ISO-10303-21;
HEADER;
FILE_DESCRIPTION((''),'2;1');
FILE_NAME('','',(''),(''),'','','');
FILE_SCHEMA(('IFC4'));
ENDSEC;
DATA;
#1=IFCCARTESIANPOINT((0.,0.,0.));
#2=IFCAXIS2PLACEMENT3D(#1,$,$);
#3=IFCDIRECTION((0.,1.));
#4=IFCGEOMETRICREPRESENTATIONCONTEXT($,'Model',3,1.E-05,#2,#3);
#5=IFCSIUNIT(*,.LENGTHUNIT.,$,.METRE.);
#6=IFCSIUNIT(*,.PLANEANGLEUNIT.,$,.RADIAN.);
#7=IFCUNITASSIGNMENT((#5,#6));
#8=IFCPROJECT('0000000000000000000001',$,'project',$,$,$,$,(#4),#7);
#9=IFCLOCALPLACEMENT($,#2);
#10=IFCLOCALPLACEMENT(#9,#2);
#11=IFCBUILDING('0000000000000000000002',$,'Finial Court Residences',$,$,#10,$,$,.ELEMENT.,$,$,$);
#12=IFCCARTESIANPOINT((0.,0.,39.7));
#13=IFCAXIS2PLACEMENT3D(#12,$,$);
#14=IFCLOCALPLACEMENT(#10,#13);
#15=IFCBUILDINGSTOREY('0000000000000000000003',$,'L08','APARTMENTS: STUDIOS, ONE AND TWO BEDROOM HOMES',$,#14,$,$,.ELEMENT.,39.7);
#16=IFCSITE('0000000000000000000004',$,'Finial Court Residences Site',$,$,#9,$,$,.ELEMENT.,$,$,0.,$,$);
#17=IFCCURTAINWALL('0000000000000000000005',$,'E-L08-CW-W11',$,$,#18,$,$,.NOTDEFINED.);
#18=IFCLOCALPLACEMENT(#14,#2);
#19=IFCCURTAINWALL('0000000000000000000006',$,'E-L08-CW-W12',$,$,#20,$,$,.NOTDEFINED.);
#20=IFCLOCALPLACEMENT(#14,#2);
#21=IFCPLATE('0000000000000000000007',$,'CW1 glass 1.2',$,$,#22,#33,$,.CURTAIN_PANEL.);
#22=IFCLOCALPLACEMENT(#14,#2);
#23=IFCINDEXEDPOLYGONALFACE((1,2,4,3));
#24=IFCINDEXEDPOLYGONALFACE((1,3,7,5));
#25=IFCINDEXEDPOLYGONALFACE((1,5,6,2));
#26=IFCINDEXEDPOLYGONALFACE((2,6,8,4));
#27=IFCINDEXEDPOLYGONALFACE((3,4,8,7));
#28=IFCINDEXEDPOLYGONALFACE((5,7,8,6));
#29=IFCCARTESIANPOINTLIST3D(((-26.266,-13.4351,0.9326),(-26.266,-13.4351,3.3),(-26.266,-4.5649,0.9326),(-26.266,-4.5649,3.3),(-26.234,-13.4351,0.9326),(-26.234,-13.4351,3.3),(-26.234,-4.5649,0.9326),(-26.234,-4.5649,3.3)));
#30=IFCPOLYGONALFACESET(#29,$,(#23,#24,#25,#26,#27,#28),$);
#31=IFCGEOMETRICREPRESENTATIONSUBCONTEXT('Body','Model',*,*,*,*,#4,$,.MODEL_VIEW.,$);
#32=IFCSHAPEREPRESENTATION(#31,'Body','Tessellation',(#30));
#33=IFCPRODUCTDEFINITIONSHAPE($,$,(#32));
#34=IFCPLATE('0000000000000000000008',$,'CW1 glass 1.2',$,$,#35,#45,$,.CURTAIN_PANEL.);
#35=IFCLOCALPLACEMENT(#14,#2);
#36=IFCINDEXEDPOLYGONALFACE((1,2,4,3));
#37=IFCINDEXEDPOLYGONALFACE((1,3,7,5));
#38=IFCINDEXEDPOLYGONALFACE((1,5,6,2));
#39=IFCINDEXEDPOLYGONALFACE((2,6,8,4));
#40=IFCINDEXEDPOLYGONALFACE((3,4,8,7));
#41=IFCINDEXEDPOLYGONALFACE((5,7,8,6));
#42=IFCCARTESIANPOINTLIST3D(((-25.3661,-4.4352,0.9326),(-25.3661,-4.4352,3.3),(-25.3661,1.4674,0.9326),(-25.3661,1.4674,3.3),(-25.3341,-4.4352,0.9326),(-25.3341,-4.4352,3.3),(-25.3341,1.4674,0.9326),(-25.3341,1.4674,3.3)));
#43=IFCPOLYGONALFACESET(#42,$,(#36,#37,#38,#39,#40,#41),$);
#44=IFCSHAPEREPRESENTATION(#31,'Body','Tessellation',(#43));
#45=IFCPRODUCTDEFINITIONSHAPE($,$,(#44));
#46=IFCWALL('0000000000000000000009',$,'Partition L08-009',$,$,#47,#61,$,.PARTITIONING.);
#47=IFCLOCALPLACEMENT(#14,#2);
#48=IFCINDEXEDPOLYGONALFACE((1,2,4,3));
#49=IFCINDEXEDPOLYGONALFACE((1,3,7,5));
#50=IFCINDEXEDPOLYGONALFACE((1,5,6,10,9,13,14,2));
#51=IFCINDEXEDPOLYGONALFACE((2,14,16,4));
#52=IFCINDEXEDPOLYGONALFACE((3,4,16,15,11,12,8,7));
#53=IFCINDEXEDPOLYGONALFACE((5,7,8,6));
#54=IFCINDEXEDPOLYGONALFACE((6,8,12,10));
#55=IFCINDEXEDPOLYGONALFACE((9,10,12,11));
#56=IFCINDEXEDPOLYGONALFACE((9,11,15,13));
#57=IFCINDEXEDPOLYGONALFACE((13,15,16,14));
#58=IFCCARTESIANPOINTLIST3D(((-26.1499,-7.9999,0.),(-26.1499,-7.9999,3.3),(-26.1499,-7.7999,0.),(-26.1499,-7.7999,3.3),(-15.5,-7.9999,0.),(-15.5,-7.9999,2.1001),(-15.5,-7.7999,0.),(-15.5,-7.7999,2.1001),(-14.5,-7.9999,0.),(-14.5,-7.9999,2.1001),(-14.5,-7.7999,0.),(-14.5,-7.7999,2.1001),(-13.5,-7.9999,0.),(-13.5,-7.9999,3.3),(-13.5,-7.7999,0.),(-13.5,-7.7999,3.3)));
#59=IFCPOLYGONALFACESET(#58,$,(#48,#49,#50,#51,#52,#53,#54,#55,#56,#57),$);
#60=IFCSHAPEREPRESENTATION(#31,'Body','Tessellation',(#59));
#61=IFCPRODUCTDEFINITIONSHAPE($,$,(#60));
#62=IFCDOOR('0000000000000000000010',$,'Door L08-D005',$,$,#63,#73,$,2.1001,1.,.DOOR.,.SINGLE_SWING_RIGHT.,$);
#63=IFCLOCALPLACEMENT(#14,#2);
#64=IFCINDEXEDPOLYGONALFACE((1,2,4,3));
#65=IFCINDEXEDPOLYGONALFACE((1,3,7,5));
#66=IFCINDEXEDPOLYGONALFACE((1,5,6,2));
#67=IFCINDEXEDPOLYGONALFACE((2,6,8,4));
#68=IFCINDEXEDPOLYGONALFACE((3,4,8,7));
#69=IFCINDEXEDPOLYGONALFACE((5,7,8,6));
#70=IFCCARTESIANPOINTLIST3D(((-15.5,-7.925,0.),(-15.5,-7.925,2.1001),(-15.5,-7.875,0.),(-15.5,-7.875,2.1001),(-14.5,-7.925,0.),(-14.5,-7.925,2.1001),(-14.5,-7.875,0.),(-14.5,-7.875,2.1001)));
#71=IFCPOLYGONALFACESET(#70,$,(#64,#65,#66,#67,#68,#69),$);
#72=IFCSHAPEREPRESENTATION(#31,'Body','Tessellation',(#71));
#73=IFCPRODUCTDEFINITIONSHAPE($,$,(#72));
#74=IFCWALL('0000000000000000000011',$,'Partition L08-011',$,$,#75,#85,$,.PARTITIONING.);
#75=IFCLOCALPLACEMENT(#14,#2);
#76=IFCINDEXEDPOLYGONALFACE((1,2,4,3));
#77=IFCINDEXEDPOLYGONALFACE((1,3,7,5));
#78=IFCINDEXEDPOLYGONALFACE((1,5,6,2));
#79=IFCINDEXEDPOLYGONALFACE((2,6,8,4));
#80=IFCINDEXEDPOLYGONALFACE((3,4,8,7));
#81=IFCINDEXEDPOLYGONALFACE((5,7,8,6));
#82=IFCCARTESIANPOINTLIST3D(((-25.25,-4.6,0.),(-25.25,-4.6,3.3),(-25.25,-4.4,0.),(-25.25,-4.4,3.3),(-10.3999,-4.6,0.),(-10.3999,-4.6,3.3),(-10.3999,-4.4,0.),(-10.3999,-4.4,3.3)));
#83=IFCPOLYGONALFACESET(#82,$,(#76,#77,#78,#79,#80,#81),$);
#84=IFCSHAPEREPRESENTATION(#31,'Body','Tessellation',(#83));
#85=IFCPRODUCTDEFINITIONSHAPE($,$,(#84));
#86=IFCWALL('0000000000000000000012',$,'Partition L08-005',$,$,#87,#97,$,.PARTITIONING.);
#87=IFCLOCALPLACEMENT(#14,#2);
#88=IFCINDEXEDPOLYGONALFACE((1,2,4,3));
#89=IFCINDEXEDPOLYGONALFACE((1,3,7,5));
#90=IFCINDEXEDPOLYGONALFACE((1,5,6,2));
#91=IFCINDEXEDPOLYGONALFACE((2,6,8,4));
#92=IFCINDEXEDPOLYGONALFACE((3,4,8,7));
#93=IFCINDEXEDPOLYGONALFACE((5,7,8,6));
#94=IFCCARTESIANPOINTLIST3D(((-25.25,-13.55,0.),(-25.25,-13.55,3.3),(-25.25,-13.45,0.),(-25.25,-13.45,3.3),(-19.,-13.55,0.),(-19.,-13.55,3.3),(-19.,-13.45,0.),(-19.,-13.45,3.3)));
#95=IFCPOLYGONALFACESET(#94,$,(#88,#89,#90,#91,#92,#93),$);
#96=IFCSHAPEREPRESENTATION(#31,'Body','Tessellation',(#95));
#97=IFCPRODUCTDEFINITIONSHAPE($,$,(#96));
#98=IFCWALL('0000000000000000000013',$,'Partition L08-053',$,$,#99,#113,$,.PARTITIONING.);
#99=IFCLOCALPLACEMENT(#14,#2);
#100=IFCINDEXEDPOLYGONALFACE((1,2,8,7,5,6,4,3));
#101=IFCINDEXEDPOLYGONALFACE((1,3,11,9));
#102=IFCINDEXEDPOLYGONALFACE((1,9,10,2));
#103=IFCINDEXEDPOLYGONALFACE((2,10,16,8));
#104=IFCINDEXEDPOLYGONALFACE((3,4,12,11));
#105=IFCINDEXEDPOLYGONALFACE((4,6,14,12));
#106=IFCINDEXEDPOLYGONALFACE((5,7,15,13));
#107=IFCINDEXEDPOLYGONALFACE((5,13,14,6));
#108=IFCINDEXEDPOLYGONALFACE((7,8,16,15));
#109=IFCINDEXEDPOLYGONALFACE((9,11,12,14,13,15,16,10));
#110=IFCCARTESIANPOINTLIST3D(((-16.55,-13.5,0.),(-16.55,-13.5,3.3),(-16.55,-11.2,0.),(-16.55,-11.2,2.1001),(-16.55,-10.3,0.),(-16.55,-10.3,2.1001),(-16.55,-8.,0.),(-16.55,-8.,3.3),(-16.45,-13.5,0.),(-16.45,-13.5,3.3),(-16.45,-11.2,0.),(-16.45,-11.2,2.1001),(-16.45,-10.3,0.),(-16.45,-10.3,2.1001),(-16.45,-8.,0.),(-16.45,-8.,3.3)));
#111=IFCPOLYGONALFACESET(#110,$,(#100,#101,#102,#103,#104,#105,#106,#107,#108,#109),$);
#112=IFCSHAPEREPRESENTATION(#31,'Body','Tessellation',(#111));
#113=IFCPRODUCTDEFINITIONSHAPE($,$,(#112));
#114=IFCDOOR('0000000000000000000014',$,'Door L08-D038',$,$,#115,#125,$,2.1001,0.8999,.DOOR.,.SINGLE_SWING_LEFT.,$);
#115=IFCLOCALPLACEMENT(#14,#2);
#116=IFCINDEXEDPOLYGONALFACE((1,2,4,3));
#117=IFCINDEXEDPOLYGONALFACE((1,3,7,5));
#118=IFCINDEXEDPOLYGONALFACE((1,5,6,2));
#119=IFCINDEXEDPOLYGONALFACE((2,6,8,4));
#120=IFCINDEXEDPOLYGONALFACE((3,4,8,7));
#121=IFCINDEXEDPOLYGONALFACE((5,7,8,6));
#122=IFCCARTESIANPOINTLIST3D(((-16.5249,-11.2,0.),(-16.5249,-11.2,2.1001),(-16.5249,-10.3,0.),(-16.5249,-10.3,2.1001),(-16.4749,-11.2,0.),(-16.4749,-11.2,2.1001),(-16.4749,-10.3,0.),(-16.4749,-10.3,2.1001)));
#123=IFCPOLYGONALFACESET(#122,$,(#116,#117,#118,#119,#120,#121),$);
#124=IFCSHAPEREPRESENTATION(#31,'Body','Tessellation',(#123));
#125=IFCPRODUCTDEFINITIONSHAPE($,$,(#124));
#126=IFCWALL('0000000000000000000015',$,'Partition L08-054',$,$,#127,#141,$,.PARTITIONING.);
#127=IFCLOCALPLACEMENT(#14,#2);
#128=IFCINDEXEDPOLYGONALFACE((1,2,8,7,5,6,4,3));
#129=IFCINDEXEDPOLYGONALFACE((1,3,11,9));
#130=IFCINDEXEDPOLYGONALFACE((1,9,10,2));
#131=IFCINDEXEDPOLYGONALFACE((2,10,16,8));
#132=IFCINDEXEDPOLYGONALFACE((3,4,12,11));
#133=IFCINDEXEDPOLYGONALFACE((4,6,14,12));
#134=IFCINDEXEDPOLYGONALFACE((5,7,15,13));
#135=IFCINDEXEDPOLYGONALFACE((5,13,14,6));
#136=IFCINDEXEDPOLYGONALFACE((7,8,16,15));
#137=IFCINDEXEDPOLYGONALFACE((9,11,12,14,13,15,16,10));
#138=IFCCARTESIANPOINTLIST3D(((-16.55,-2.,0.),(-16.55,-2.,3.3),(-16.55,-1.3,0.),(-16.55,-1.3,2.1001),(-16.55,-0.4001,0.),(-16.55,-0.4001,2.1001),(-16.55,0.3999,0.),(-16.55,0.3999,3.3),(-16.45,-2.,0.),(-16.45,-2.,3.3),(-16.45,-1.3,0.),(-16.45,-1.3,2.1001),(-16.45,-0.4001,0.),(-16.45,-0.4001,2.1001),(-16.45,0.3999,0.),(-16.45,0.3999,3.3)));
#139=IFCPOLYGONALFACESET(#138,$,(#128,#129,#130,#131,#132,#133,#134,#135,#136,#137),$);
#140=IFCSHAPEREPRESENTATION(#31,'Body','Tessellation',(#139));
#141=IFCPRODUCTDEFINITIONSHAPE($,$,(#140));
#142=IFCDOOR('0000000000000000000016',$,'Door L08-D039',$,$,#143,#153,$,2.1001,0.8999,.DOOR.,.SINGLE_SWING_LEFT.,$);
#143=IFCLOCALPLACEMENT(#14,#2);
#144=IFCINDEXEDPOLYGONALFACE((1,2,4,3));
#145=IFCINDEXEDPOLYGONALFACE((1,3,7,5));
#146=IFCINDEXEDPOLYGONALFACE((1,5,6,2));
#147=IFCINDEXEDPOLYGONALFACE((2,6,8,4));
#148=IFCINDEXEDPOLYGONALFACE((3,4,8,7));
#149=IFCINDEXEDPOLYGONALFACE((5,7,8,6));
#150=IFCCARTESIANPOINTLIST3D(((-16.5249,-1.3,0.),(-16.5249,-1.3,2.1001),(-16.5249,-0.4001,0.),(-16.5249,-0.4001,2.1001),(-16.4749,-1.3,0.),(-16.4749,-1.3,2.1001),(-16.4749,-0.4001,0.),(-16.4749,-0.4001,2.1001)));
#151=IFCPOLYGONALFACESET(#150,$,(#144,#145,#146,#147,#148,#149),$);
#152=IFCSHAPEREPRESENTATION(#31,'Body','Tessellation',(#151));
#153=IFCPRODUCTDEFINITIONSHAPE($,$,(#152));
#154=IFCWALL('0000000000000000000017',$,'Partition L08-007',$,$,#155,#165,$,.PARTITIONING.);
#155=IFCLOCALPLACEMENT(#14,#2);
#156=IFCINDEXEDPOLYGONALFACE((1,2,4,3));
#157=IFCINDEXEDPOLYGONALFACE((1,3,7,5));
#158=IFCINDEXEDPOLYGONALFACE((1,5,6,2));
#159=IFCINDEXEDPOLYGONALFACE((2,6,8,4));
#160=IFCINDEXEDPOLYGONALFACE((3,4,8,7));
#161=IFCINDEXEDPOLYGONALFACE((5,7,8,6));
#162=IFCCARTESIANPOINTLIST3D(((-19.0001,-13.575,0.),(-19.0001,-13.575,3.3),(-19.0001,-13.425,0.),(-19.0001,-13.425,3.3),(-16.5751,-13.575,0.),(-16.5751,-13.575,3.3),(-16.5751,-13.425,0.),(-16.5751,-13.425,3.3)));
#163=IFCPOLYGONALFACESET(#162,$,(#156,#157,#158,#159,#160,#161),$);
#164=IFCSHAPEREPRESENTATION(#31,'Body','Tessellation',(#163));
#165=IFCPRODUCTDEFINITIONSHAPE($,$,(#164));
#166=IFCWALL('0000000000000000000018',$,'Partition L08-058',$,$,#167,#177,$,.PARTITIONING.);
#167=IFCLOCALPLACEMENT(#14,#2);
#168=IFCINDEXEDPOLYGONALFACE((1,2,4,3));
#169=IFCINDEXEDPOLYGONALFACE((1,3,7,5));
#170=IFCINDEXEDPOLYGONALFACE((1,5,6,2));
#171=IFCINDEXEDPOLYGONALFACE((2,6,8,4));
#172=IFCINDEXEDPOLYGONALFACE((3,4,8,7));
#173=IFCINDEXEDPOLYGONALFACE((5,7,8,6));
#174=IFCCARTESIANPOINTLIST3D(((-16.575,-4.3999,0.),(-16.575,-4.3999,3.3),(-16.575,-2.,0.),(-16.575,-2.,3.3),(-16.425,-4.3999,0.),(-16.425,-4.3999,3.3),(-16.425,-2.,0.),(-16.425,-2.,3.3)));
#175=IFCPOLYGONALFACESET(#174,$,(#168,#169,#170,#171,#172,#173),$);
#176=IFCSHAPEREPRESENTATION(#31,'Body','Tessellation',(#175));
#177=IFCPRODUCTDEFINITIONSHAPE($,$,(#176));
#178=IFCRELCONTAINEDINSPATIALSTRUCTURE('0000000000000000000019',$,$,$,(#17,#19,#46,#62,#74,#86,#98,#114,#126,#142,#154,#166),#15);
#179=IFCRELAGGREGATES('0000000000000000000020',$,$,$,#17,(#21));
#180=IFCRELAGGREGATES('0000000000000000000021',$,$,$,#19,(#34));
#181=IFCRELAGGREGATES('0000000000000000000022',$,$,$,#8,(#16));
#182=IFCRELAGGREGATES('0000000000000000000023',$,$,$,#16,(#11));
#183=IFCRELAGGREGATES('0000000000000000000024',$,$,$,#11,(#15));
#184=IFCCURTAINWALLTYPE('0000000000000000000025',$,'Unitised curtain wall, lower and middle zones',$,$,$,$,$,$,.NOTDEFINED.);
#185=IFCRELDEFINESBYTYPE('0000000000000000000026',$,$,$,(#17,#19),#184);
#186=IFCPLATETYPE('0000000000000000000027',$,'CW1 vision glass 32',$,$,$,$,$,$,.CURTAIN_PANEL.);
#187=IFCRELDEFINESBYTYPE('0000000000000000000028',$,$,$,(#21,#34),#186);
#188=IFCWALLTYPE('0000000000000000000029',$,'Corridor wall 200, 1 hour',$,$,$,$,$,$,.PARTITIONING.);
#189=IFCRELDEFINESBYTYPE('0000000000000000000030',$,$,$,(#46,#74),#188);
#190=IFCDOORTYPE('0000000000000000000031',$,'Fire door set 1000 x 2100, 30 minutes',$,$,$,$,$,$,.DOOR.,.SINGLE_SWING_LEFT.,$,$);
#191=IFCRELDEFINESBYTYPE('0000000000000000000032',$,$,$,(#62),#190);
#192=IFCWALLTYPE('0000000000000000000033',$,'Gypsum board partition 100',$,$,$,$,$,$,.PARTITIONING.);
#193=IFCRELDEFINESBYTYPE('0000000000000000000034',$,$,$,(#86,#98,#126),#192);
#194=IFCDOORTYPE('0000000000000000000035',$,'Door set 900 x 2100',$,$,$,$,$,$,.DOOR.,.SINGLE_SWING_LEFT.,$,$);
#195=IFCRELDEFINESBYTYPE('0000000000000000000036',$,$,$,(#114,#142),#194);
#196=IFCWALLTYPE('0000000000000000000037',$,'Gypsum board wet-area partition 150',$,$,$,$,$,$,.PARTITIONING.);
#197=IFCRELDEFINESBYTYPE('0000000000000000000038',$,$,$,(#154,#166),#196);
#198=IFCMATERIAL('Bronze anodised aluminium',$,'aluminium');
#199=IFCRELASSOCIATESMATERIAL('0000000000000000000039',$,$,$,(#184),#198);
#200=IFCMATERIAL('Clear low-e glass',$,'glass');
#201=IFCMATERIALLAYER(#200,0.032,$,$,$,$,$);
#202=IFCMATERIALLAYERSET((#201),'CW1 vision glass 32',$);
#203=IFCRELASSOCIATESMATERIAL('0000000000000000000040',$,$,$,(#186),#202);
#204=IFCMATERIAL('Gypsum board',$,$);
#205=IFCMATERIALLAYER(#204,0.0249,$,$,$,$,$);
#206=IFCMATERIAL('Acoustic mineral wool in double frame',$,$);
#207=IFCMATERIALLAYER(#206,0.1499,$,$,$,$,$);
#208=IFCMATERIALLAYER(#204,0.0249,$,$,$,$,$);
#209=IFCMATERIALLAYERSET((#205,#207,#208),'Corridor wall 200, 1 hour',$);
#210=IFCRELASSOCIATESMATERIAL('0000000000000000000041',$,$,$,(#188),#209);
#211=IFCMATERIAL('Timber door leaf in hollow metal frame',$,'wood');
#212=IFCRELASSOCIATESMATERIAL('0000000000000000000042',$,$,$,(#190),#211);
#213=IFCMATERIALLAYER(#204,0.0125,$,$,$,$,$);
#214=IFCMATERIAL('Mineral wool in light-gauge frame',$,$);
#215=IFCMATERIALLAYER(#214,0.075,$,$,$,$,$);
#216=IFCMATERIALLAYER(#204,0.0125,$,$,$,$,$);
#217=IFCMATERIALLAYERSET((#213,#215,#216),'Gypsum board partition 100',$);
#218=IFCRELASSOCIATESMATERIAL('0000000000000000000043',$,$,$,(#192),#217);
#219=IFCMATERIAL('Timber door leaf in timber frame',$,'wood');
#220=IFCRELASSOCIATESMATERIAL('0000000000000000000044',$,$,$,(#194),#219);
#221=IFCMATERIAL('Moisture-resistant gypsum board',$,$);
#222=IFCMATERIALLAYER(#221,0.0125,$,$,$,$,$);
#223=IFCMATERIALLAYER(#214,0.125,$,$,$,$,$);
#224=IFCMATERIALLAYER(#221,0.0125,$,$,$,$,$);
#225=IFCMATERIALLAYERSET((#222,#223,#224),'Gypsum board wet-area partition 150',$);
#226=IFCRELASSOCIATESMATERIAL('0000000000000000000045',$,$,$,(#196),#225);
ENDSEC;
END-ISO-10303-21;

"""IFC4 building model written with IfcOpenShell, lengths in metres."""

from ifc_helpers import new_model, si_unit, direction, frame, frame_2d, origin, origin_2d, place, context, subcontext, project, spatial, rectangle, extrude, material, layer, layer_set, type_object, element, fill, aggregate, save


model = new_model("IFC4")

# Units and contexts
model_context = context("Model", 3, precision=1e-05, world=origin(), true_north=direction((0.0, 1.0)))
body_context = subcontext(model_context, "Body", "Model", "MODEL_VIEW")
ifc_project = project(units=[si_unit("LENGTHUNIT", "METRE"), si_unit("PLANEANGLEUNIT", "RADIAN")], contexts=[model_context])

# Site, building, storey
site_placement = place(None, origin())
site = spatial("IfcSite", under=ifc_project, at=site_placement, Name="Finial Court Residences Site", CompositionType="ELEMENT", RefElevation=0.0)
building_placement = place(site_placement, origin())
building = spatial("IfcBuilding", under=site, at=building_placement, Name="Finial Court Residences", CompositionType="ELEMENT")
storey_placement = place(building_placement, frame((0.0, 0.0, 39.7)))
storey = spatial("IfcBuildingStorey", under=building, at=storey_placement, Name="L08", Description="APARTMENTS: STUDIOS, ONE AND TWO BEDROOM HOMES", CompositionType="ELEMENT", Elevation=39.7)

# Shared definitions
ifc_material_1 = material(Name="Bronze anodised aluminium", Category="aluminium")
curtain_wall_type = type_object("IfcCurtainWallType", Name="Unitised curtain wall, lower and middle zones", PredefinedType="NOTDEFINED", material=ifc_material_1)

# Curtain wall
curtain_wall_1_placement = place(storey_placement, origin())
curtain_wall_1 = element("IfcCurtainWall", 1, at=curtain_wall_1_placement, inside=storey, type_object=curtain_wall_type, Name="E-L08-CW-W11", PredefinedType="NOTDEFINED")

# Curtain wall
curtain_wall_2_placement = place(storey_placement, origin())
curtain_wall_2 = element("IfcCurtainWall", 2, at=curtain_wall_2_placement, inside=storey, type_object=curtain_wall_type, Name="E-L08-CW-W12", PredefinedType="NOTDEFINED")

# Plates
ifc_material_2 = material(Name="Clear low-e glass", Category="glass")
ifc_layer_1 = layer(ifc_material_2, 0.032)
ifc_layer_set_1 = layer_set([ifc_layer_1], Name="CW1 vision glass 32")
plate_type_1 = type_object("IfcPlateType", Name="CW1 vision glass 32", PredefinedType="CURTAIN_PANEL", material=ifc_layer_set_1)
plate_1_placement = place(storey_placement, frame((-26.25, -9.0, 0.9326), z_axis=(0.0, 0.0, 1.0), x_axis=(0.0, 1.0, 0.0)))
plate_1 = element("IfcPlate", 3, at=plate_1_placement, type_object=plate_type_1, Name="CW1 glass 1.2", PredefinedType="CURTAIN_PANEL", context=body_context, shape_type="SweptSolid", body=[
    extrude(rectangle(XDim=8.8701, YDim=0.032, at=origin_2d()), origin(), (0.0, 0.0, 1.0), 2.3674),
])
aggregate(curtain_wall_1, [plate_1])
plate_2_placement = place(storey_placement, frame((-25.3501, -1.4839, 0.9326), z_axis=(0.0, 0.0, 1.0), x_axis=(0.0, 1.0, 0.0)))
plate_2 = element("IfcPlate", 4, at=plate_2_placement, type_object=plate_type_1, Name="CW1 glass 1.2", PredefinedType="CURTAIN_PANEL", context=body_context, shape_type="SweptSolid", body=[
    extrude(rectangle(XDim=5.9026, YDim=0.032, at=origin_2d()), origin(), (0.0, 0.0, 1.0), 2.3674),
])
aggregate(curtain_wall_2, [plate_2])

# Wall, opening, door
ifc_material_3 = material(Name="Gypsum board")
ifc_layer_2 = layer(ifc_material_3, 0.0249)
ifc_material_4 = material(Name="Acoustic mineral wool in double frame")
ifc_layer_3 = layer(ifc_material_4, 0.1499)
ifc_layer_4 = layer(ifc_material_3, 0.0249)
ifc_layer_set_2 = layer_set([ifc_layer_2, ifc_layer_3, ifc_layer_4], Name="Corridor wall 200, 1 hour")
wall_type_1 = type_object("IfcWallType", Name="Corridor wall 200, 1 hour", PredefinedType="PARTITIONING", material=ifc_layer_set_2)
wall_1_placement = place(storey_placement, frame((-26.1499, -7.8999, 0.0), z_axis=(0.0, 0.0, 1.0), x_axis=(1.0, 0.0, 0.0)))
wall_1 = element("IfcWall", 5, at=wall_1_placement, inside=storey, type_object=wall_type_1, Name="Partition L08-009", PredefinedType="PARTITIONING", context=body_context, shape_type="SweptSolid", body=[
    extrude(rectangle(XDim=12.6499, YDim=0.2, at=frame_2d((6.325, 0.0))), origin(), (0.0, 0.0, 1.0), 3.3),
])
opening_1_placement = place(wall_1_placement, frame((10.6499, 0.0, 0.0)))
opening_1 = element("IfcOpeningElement", 6, at=opening_1_placement, cuts=wall_1, PredefinedType="OPENING", context=body_context, shape_type="SweptSolid", body=[
    extrude(rectangle(XDim=1.0, YDim=2.1001, at=frame_2d((0.5, 1.05))), frame((0.0, 0.1099, 0.0), z_axis=(0.0, -1.0, 0.0), x_axis=(1.0, 0.0, 0.0)), (0.0, 0.0, 1.0), 0.22),
])
ifc_material_5 = material(Name="Timber door leaf in hollow metal frame", Category="wood")
door_type_1 = type_object("IfcDoorType", Name="Fire door set 1000 x 2100, 30 minutes", OperationType="SINGLE_SWING_LEFT", PredefinedType="DOOR", material=ifc_material_5)
door_1_placement = place(opening_1_placement, origin())
door_1 = element("IfcDoor", 7, at=door_1_placement, inside=storey, type_object=door_type_1, Name="Door L08-D005", OperationType="SINGLE_SWING_RIGHT", OverallHeight=2.1001, OverallWidth=1.0, PredefinedType="DOOR", context=body_context, shape_type="SweptSolid", body=[
    extrude(rectangle(XDim=1.0, YDim=2.1001, at=frame_2d((0.5, 1.05))), frame((0.0, 0.0249, 0.0), z_axis=(0.0, -1.0, 0.0), x_axis=(1.0, 0.0, 0.0)), (0.0, 0.0, 1.0), 0.05),
])
fill(opening_1, door_1)

# Walls
wall_2_placement = place(storey_placement, frame((-25.25, -4.5, 0.0), z_axis=(0.0, 0.0, 1.0), x_axis=(1.0, 0.0, 0.0)))
element("IfcWall", 8, at=wall_2_placement, inside=storey, type_object=wall_type_1, Name="Partition L08-011", PredefinedType="PARTITIONING", context=body_context, shape_type="SweptSolid", body=[
    extrude(rectangle(XDim=14.8501, YDim=0.2, at=frame_2d((7.425, 0.0))), origin(), (0.0, 0.0, 1.0), 3.3),
])
ifc_layer_5 = layer(ifc_material_3, 0.0125)
ifc_material_6 = material(Name="Mineral wool in light-gauge frame")
ifc_layer_6 = layer(ifc_material_6, 0.075)
ifc_layer_7 = layer(ifc_material_3, 0.0125)
ifc_layer_set_3 = layer_set([ifc_layer_5, ifc_layer_6, ifc_layer_7], Name="Gypsum board partition 100")
wall_type_2 = type_object("IfcWallType", Name="Gypsum board partition 100", PredefinedType="PARTITIONING", material=ifc_layer_set_3)
wall_3_placement = place(storey_placement, frame((-25.25, -13.5, 0.0), z_axis=(0.0, 0.0, 1.0), x_axis=(1.0, 0.0, 0.0)))
element("IfcWall", 9, at=wall_3_placement, inside=storey, type_object=wall_type_2, Name="Partition L08-005", PredefinedType="PARTITIONING", context=body_context, shape_type="SweptSolid", body=[
    extrude(rectangle(XDim=6.25, YDim=0.1001, at=frame_2d((3.125, 0.0))), origin(), (0.0, 0.0, 1.0), 3.3),
])

# Walls, openings, doors
wall_4_placement = place(storey_placement, frame((-16.5, -13.5, 0.0), z_axis=(0.0, 0.0, 1.0), x_axis=(0.0, 1.0, 0.0)))
wall_4 = element("IfcWall", 10, at=wall_4_placement, inside=storey, type_object=wall_type_2, Name="Partition L08-053", PredefinedType="PARTITIONING", context=body_context, shape_type="SweptSolid", body=[
    extrude(rectangle(XDim=5.5, YDim=0.1001, at=frame_2d((2.75, 0.0))), origin(), (0.0, 0.0, 1.0), 3.3),
])
opening_2_placement = place(wall_4_placement, frame((2.3, 0.0, 0.0)))
opening_2 = element("IfcOpeningElement", 11, at=opening_2_placement, cuts=wall_4, PredefinedType="OPENING", context=body_context, shape_type="SweptSolid", body=[
    extrude(rectangle(XDim=0.8999, YDim=2.1001, at=frame_2d((0.45, 1.05))), frame((0.0, 0.0601, 0.0), z_axis=(0.0, -1.0, 0.0), x_axis=(1.0, 0.0, 0.0)), (0.0, 0.0, 1.0), 0.1201),
])
ifc_material_7 = material(Name="Timber door leaf in timber frame", Category="wood")
door_type_2 = type_object("IfcDoorType", Name="Door set 900 x 2100", OperationType="SINGLE_SWING_LEFT", PredefinedType="DOOR", material=ifc_material_7)
door_2_placement = place(opening_2_placement, origin())
door_2 = element("IfcDoor", 12, at=door_2_placement, inside=storey, type_object=door_type_2, Name="Door L08-D038", OperationType="SINGLE_SWING_LEFT", OverallHeight=2.1001, OverallWidth=0.8999, PredefinedType="DOOR", context=body_context, shape_type="SweptSolid", body=[
    extrude(rectangle(XDim=0.8999, YDim=2.1001, at=frame_2d((0.45, 1.05))), frame((0.0, 0.0249, 0.0), z_axis=(0.0, -1.0, 0.0), x_axis=(1.0, 0.0, 0.0)), (0.0, 0.0, 1.0), 0.05),
])
fill(opening_2, door_2)
wall_5_placement = place(storey_placement, frame((-16.5, -2.0, 0.0), z_axis=(0.0, 0.0, 1.0), x_axis=(0.0, 1.0, 0.0)))
wall_5 = element("IfcWall", 13, at=wall_5_placement, inside=storey, type_object=wall_type_2, Name="Partition L08-054", PredefinedType="PARTITIONING", context=body_context, shape_type="SweptSolid", body=[
    extrude(rectangle(XDim=2.3999, YDim=0.1001, at=frame_2d((1.2, 0.0))), origin(), (0.0, 0.0, 1.0), 3.3),
])
opening_3_placement = place(wall_5_placement, frame((0.7, 0.0, 0.0)))
opening_3 = element("IfcOpeningElement", 14, at=opening_3_placement, cuts=wall_5, PredefinedType="OPENING", context=body_context, shape_type="SweptSolid", body=[
    extrude(rectangle(XDim=0.8999, YDim=2.1001, at=frame_2d((0.45, 1.05))), frame((0.0, 0.0601, 0.0), z_axis=(0.0, -1.0, 0.0), x_axis=(1.0, 0.0, 0.0)), (0.0, 0.0, 1.0), 0.1201),
])
door_3_placement = place(opening_3_placement, origin())
door_3 = element("IfcDoor", 15, at=door_3_placement, inside=storey, type_object=door_type_2, Name="Door L08-D039", OperationType="SINGLE_SWING_LEFT", OverallHeight=2.1001, OverallWidth=0.8999, PredefinedType="DOOR", context=body_context, shape_type="SweptSolid", body=[
    extrude(rectangle(XDim=0.8999, YDim=2.1001, at=frame_2d((0.45, 1.05))), frame((0.0, 0.0249, 0.0), z_axis=(0.0, -1.0, 0.0), x_axis=(1.0, 0.0, 0.0)), (0.0, 0.0, 1.0), 0.05),
])
fill(opening_3, door_3)

# Walls
ifc_material_8 = material(Name="Moisture-resistant gypsum board")
ifc_layer_8 = layer(ifc_material_8, 0.0125)
ifc_layer_9 = layer(ifc_material_6, 0.125)
ifc_layer_10 = layer(ifc_material_8, 0.0125)
ifc_layer_set_4 = layer_set([ifc_layer_8, ifc_layer_9, ifc_layer_10], Name="Gypsum board wet-area partition 150")
wall_type_3 = type_object("IfcWallType", Name="Gypsum board wet-area partition 150", PredefinedType="PARTITIONING", material=ifc_layer_set_4)
wall_6_placement = place(storey_placement, frame((-19.0, -13.5, 0.0), z_axis=(0.0, 0.0, 1.0), x_axis=(1.0, 0.0, 0.0)))
element("IfcWall", 16, at=wall_6_placement, inside=storey, type_object=wall_type_3, Name="Partition L08-007", PredefinedType="PARTITIONING", context=body_context, shape_type="SweptSolid", body=[
    extrude(rectangle(XDim=2.425, YDim=0.1499, at=frame_2d((1.2124, 0.0))), origin(), (0.0, 0.0, 1.0), 3.3),
])
wall_7_placement = place(storey_placement, frame((-16.5, -4.3999, 0.0), z_axis=(0.0, 0.0, 1.0), x_axis=(0.0, 1.0, 0.0)))
element("IfcWall", 17, at=wall_7_placement, inside=storey, type_object=wall_type_3, Name="Partition L08-058", PredefinedType="PARTITIONING", context=body_context, shape_type="SweptSolid", body=[
    extrude(rectangle(XDim=2.3999, YDim=0.1499, at=frame_2d((1.2, 0.0))), origin(), (0.0, 0.0, 1.0), 3.3),
])

save(model, "model.ifc")
